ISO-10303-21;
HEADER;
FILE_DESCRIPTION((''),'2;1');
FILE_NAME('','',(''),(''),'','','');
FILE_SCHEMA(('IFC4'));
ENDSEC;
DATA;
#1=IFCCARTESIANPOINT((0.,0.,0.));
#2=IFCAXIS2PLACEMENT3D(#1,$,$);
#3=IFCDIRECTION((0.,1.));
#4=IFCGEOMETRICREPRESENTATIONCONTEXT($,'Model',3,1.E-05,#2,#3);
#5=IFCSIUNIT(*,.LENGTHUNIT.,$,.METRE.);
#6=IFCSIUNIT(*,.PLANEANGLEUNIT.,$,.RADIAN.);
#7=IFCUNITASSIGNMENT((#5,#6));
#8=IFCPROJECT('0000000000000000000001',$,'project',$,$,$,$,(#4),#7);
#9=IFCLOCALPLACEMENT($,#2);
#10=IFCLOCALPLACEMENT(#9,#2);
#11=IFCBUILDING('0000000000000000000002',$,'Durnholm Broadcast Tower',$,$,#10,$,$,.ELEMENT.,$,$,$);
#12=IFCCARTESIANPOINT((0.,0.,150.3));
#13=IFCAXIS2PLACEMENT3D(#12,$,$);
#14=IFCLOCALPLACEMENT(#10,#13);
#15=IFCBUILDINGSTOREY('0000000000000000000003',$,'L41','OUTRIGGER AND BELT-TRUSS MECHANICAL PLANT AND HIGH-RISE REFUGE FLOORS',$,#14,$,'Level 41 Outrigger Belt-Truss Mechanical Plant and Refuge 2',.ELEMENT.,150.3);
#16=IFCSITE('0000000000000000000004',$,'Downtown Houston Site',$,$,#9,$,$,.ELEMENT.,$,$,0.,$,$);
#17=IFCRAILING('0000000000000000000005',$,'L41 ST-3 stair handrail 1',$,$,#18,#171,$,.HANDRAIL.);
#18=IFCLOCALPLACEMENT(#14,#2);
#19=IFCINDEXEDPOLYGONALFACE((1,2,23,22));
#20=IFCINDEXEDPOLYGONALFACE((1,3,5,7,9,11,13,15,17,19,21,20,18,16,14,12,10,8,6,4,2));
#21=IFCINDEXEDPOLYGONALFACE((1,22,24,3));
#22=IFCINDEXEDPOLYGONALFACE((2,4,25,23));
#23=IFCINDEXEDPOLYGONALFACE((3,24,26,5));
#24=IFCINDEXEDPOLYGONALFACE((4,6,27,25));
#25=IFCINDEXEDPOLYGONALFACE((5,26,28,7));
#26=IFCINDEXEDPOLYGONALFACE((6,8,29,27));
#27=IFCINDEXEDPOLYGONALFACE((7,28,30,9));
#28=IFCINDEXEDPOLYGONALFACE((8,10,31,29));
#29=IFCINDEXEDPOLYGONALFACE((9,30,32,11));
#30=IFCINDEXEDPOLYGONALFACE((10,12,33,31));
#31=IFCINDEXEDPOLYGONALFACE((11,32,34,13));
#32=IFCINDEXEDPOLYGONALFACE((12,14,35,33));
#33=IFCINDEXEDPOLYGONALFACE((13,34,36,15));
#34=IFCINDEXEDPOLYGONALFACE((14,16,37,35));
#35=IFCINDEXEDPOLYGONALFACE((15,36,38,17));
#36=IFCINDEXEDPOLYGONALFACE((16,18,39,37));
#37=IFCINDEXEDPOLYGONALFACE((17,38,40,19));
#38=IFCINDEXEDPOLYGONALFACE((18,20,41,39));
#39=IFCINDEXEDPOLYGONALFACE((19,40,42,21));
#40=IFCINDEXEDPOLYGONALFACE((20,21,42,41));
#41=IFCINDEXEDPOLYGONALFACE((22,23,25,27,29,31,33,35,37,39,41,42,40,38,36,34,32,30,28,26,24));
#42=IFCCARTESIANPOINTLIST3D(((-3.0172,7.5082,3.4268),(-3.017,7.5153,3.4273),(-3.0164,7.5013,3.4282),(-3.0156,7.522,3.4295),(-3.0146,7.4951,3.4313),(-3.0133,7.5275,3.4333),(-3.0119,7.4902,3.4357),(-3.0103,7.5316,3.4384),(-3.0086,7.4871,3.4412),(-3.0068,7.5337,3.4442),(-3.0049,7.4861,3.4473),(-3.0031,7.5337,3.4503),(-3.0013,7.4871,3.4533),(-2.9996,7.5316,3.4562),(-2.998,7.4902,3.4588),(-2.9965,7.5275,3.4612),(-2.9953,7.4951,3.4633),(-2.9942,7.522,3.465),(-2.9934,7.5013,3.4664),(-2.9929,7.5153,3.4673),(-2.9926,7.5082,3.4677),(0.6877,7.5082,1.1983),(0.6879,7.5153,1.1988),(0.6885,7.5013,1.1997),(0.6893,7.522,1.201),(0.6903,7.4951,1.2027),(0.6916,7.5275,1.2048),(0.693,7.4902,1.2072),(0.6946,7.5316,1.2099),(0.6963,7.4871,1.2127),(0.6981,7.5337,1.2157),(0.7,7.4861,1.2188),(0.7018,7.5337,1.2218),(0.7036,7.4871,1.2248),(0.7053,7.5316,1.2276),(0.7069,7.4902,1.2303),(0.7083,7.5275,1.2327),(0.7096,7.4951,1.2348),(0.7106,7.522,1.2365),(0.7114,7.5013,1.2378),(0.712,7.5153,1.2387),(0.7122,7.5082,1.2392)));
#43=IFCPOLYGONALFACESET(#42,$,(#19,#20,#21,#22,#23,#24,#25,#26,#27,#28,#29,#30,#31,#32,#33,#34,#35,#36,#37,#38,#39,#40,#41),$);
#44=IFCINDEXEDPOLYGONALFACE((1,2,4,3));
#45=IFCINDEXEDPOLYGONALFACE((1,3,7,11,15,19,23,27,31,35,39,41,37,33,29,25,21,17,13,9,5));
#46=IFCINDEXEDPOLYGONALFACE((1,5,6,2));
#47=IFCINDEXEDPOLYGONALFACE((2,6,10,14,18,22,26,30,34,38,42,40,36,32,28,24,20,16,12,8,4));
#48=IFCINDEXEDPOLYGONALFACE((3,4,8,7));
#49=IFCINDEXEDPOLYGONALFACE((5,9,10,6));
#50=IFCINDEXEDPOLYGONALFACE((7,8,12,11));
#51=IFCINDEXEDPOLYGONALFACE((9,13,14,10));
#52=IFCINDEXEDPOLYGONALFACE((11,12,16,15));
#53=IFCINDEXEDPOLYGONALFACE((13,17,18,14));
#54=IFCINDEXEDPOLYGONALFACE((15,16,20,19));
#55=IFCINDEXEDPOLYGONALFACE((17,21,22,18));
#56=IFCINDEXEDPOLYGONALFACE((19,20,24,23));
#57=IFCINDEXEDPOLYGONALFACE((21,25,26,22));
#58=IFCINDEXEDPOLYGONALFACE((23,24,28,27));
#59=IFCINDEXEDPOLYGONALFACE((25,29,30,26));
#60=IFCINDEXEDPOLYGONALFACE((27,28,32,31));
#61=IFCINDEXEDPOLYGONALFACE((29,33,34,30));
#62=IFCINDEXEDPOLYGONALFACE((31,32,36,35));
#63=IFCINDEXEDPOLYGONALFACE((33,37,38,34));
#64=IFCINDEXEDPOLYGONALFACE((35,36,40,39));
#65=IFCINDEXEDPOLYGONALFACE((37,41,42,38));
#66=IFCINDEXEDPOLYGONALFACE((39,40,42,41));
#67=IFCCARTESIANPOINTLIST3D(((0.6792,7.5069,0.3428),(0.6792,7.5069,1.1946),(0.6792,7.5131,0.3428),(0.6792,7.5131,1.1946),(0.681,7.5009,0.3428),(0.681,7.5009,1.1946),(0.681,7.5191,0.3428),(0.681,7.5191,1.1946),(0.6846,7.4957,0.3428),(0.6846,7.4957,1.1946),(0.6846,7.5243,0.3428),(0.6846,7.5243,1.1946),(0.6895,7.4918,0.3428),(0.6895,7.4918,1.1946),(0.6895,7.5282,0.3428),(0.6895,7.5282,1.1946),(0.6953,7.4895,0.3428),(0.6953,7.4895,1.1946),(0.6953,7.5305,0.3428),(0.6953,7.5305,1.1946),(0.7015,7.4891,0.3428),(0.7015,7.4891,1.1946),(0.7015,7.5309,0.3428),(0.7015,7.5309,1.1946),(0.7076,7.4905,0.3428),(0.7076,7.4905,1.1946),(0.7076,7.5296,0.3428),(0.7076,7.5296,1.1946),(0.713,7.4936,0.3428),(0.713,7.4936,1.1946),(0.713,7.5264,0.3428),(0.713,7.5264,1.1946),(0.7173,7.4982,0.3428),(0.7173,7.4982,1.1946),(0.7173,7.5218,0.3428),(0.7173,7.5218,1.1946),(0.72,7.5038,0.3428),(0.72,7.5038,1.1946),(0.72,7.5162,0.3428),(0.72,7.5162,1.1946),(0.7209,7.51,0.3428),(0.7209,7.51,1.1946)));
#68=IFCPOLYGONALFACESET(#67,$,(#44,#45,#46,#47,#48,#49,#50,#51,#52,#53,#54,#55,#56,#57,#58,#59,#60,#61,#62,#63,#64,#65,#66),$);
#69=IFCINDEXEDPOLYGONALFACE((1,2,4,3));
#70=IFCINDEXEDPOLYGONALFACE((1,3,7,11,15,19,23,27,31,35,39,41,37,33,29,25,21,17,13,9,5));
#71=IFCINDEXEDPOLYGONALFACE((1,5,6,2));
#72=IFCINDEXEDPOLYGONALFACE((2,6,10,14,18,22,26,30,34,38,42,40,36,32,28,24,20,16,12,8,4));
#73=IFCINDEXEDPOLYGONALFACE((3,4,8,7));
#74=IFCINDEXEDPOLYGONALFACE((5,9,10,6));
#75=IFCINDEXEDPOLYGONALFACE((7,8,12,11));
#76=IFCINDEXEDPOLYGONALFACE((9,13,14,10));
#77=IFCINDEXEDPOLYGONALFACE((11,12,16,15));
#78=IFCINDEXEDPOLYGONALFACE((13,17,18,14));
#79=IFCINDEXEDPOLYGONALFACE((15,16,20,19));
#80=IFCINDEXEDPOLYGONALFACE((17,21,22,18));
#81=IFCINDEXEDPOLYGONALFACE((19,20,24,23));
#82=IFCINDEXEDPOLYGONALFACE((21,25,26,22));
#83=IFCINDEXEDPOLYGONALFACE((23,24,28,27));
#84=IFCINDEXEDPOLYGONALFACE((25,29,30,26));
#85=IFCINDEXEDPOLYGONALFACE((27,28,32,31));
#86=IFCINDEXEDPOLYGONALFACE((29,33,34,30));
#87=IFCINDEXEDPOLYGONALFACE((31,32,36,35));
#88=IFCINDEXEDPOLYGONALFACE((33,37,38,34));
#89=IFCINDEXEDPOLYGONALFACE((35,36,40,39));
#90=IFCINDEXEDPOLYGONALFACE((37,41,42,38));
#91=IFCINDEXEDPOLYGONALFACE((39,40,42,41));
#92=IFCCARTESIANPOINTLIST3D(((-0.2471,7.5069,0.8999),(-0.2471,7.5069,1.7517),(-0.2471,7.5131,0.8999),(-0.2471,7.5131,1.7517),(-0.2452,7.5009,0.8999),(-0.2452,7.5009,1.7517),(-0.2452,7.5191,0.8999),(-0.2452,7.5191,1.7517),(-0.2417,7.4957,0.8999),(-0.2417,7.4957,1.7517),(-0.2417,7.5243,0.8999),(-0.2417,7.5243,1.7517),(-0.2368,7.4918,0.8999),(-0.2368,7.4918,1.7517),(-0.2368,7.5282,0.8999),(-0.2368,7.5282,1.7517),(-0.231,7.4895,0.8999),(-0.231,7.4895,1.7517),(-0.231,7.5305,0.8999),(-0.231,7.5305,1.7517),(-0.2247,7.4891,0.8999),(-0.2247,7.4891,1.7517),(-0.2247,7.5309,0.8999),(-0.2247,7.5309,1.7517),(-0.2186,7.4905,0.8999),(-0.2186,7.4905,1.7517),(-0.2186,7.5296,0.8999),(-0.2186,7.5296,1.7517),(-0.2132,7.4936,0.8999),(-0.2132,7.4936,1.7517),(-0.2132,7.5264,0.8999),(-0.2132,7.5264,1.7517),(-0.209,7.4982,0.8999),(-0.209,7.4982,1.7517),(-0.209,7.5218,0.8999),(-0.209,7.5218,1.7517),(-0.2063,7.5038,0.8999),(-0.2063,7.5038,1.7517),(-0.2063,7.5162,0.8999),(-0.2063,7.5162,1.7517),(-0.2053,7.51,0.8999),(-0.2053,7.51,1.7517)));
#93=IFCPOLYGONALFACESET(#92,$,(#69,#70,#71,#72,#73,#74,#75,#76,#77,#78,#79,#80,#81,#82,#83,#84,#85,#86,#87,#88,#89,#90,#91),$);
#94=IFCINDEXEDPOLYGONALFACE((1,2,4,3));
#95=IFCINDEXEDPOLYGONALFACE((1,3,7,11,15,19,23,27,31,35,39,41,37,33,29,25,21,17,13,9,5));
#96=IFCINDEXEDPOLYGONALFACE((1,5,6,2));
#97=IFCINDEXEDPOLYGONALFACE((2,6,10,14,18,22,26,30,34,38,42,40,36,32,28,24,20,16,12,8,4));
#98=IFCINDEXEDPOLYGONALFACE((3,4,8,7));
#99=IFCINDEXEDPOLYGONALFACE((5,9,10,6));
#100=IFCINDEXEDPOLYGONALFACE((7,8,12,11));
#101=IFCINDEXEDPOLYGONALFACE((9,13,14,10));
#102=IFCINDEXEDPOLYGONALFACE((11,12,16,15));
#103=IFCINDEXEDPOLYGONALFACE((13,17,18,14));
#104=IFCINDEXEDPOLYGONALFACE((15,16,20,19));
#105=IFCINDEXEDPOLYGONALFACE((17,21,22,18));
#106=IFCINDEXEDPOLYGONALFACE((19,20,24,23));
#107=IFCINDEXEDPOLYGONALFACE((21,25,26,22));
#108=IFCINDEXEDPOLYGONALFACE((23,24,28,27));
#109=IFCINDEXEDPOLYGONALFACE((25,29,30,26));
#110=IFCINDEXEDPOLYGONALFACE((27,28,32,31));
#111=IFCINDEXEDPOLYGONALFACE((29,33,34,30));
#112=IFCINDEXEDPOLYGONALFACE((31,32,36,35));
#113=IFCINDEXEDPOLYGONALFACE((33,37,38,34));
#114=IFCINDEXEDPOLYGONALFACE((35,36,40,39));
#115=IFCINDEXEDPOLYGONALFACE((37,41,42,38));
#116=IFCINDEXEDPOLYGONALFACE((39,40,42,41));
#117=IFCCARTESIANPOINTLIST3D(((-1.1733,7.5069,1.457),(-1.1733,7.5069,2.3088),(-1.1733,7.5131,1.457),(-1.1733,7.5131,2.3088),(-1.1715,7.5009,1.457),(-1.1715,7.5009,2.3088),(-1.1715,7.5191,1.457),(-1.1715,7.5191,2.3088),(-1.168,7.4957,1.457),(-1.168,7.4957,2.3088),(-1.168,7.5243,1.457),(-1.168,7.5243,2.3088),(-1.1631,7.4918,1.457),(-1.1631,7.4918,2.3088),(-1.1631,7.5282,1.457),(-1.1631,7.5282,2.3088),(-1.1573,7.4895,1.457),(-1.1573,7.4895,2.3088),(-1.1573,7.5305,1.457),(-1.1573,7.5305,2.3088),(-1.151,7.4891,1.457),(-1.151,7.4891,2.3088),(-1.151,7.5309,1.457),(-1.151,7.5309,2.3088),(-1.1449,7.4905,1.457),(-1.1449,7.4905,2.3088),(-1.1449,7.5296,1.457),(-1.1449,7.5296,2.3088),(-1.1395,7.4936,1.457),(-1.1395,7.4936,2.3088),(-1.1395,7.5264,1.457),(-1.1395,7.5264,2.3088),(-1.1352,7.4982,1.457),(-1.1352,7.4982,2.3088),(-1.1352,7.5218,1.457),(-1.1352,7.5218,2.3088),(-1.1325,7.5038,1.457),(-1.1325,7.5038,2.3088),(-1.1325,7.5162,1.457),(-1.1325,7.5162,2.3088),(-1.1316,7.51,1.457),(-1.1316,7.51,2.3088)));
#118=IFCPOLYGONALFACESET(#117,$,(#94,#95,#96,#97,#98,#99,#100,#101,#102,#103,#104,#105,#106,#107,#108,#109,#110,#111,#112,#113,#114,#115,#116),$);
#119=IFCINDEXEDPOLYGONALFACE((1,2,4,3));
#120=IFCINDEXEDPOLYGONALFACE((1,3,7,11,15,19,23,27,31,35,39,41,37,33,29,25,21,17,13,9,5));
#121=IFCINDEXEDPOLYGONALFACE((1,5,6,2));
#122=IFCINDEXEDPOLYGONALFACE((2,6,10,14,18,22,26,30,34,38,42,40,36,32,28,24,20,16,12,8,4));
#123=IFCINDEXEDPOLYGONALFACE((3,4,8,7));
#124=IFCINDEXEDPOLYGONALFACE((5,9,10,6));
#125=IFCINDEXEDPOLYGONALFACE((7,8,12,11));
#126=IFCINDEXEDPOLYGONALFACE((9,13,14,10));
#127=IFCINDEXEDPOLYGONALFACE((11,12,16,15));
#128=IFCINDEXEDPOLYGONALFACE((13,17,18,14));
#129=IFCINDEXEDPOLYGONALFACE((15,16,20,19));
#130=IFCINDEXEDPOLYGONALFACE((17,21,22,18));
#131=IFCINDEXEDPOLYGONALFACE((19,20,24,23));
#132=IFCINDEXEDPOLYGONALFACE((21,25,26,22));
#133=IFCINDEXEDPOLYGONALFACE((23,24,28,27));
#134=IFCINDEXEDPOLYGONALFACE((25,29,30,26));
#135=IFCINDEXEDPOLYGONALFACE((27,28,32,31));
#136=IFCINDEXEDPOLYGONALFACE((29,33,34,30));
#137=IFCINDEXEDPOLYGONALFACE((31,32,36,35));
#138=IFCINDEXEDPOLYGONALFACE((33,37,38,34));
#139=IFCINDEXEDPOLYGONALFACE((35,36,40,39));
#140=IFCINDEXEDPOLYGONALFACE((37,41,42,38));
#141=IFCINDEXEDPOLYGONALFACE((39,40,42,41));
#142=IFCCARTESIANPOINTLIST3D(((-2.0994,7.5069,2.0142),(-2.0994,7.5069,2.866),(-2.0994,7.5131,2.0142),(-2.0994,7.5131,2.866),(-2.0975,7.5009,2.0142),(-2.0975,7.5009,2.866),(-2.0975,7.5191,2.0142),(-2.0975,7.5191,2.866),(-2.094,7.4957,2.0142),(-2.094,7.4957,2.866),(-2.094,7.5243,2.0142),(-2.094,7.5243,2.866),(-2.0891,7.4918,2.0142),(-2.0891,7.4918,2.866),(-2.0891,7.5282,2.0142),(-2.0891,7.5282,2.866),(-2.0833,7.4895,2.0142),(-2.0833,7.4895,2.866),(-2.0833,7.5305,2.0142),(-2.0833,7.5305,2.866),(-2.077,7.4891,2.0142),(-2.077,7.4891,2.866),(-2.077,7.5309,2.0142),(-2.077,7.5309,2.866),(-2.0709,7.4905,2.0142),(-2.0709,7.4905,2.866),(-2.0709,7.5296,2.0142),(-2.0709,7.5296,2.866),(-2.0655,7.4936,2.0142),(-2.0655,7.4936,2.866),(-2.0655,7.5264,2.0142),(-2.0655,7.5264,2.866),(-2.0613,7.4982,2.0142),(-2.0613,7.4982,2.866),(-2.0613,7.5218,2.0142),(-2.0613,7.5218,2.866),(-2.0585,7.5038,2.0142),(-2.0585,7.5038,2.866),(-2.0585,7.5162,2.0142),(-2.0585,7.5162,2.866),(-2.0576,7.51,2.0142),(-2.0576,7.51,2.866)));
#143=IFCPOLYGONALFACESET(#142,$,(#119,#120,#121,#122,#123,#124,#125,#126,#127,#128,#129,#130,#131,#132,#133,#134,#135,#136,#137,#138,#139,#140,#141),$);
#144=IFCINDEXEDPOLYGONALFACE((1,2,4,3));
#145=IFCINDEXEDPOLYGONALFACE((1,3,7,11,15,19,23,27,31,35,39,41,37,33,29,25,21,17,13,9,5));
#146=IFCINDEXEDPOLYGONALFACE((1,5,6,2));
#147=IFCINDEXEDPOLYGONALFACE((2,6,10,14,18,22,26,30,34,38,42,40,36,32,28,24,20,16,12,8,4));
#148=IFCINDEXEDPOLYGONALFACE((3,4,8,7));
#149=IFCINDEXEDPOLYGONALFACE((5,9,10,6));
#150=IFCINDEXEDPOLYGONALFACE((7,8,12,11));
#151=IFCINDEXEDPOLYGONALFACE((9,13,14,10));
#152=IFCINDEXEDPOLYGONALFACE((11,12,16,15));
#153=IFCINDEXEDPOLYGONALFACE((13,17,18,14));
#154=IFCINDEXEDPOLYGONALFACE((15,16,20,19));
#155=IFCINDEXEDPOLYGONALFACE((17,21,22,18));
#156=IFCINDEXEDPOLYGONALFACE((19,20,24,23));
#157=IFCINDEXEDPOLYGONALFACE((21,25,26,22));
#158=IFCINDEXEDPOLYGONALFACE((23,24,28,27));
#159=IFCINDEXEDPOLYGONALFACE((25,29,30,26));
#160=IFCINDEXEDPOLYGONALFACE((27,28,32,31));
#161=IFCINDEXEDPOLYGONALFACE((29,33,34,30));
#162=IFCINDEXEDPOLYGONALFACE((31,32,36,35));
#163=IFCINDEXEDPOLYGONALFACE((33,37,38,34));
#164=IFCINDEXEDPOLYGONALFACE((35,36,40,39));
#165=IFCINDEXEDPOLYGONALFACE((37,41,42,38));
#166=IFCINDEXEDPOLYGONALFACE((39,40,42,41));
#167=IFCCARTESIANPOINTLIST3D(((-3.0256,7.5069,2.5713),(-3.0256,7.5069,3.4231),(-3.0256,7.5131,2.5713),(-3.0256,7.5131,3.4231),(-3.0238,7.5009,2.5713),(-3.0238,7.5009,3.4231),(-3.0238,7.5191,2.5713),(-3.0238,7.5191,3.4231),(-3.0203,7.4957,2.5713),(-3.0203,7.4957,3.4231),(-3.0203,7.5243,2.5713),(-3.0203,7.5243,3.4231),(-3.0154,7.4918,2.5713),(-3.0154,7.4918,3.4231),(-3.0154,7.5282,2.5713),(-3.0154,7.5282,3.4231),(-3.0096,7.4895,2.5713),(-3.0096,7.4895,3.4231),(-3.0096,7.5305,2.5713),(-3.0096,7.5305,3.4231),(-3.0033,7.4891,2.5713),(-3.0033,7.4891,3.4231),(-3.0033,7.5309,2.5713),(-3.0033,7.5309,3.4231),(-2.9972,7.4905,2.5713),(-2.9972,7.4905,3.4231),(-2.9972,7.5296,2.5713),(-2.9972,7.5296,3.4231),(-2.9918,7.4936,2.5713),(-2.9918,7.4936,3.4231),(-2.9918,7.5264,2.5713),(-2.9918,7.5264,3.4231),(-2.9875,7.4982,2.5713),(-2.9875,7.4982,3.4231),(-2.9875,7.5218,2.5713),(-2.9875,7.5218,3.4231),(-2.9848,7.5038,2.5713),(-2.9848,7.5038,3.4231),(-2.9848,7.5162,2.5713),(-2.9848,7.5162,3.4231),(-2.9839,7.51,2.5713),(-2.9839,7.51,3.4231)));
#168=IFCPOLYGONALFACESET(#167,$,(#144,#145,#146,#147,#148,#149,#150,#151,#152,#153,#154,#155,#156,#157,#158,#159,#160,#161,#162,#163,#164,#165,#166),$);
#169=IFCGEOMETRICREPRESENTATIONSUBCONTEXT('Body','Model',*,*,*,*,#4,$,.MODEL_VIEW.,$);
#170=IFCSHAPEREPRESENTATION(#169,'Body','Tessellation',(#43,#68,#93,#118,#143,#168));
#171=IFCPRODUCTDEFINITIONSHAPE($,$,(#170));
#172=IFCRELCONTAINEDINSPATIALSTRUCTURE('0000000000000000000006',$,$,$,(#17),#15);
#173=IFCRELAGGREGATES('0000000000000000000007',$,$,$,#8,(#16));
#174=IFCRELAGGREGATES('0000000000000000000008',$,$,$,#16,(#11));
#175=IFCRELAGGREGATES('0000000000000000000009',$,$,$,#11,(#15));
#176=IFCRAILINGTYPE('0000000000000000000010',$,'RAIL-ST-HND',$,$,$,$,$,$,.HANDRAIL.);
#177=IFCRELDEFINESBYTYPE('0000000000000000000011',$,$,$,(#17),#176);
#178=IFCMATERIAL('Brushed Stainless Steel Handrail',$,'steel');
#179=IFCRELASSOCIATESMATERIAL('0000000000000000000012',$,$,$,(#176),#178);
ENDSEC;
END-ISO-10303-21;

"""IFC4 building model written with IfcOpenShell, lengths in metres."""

from ifc_helpers import new_model, si_unit, direction, frame, origin, origin_2d, place, context, subcontext, project, spatial, circle, extrude, material, type_object, element, save


model = new_model("IFC4")

# Units and contexts
model_context = context("Model", 3, precision=1e-05, world=origin(), true_north=direction((0.0, 1.0)))
body_context = subcontext(model_context, "Body", "Model", "MODEL_VIEW")
ifc_project = project(units=[si_unit("LENGTHUNIT", "METRE"), si_unit("PLANEANGLEUNIT", "RADIAN")], contexts=[model_context])

# Site, building, storey
site_placement = place(None, origin())
site = spatial("IfcSite", under=ifc_project, at=site_placement, Name="Downtown Houston Site", CompositionType="ELEMENT", RefElevation=0.0)
building_placement = place(site_placement, origin())
building = spatial("IfcBuilding", under=site, at=building_placement, Name="Durnholm Broadcast Tower", CompositionType="ELEMENT")
storey_placement = place(building_placement, frame((0.0, 0.0, 150.3)))
storey = spatial("IfcBuildingStorey", under=building, at=storey_placement, Name="L41", Description="OUTRIGGER AND BELT-TRUSS MECHANICAL PLANT AND HIGH-RISE REFUGE FLOORS", LongName="Level 41 Outrigger Belt-Truss Mechanical Plant and Refuge 2", CompositionType="ELEMENT", Elevation=150.3)

# Railing
ifc_material_1 = material(Name="Brushed Stainless Steel Handrail", Category="steel")
railing_type_1 = type_object("IfcRailingType", Name="RAIL-ST-HND", PredefinedType="HANDRAIL", material=ifc_material_1)
railing_1_placement = place(storey_placement, frame((0.7, 7.51, 0.3428)))
element("IfcRailing", 1, at=railing_1_placement, inside=storey, type_object=railing_type_1, Name="L41 ST-3 stair handrail 1", PredefinedType="HANDRAIL", context=body_context, shape_type="SweptSolid", body=[
    extrude(circle(Radius=0.0239, at=origin_2d()), frame((0.0, 0.0, 0.876), z_axis=(-0.856919, 0.0, 0.51545), x_axis=(0.0, -1.0, 0.0)), (0.0, 0.0, 1.0), 4.3235),
    extrude(circle(Radius=0.021, at=origin_2d()), origin(), (0.0, 0.0, 1.0), 0.8518),
    extrude(circle(Radius=0.021, at=origin_2d()), frame((-0.9263, 0.0, 0.5571)), (0.0, 0.0, 1.0), 0.8518),
    extrude(circle(Radius=0.021, at=origin_2d()), frame((-1.8525, 0.0, 1.1143)), (0.0, 0.0, 1.0), 0.8518),
    extrude(circle(Radius=0.021, at=origin_2d()), frame((-2.7786, 0.0, 1.6714)), (0.0, 0.0, 1.0), 0.8518),
    extrude(circle(Radius=0.021, at=origin_2d()), frame((-3.7048, 0.0, 2.2285)), (0.0, 0.0, 1.0), 0.8518),
])

save(model, "model.ifc")
